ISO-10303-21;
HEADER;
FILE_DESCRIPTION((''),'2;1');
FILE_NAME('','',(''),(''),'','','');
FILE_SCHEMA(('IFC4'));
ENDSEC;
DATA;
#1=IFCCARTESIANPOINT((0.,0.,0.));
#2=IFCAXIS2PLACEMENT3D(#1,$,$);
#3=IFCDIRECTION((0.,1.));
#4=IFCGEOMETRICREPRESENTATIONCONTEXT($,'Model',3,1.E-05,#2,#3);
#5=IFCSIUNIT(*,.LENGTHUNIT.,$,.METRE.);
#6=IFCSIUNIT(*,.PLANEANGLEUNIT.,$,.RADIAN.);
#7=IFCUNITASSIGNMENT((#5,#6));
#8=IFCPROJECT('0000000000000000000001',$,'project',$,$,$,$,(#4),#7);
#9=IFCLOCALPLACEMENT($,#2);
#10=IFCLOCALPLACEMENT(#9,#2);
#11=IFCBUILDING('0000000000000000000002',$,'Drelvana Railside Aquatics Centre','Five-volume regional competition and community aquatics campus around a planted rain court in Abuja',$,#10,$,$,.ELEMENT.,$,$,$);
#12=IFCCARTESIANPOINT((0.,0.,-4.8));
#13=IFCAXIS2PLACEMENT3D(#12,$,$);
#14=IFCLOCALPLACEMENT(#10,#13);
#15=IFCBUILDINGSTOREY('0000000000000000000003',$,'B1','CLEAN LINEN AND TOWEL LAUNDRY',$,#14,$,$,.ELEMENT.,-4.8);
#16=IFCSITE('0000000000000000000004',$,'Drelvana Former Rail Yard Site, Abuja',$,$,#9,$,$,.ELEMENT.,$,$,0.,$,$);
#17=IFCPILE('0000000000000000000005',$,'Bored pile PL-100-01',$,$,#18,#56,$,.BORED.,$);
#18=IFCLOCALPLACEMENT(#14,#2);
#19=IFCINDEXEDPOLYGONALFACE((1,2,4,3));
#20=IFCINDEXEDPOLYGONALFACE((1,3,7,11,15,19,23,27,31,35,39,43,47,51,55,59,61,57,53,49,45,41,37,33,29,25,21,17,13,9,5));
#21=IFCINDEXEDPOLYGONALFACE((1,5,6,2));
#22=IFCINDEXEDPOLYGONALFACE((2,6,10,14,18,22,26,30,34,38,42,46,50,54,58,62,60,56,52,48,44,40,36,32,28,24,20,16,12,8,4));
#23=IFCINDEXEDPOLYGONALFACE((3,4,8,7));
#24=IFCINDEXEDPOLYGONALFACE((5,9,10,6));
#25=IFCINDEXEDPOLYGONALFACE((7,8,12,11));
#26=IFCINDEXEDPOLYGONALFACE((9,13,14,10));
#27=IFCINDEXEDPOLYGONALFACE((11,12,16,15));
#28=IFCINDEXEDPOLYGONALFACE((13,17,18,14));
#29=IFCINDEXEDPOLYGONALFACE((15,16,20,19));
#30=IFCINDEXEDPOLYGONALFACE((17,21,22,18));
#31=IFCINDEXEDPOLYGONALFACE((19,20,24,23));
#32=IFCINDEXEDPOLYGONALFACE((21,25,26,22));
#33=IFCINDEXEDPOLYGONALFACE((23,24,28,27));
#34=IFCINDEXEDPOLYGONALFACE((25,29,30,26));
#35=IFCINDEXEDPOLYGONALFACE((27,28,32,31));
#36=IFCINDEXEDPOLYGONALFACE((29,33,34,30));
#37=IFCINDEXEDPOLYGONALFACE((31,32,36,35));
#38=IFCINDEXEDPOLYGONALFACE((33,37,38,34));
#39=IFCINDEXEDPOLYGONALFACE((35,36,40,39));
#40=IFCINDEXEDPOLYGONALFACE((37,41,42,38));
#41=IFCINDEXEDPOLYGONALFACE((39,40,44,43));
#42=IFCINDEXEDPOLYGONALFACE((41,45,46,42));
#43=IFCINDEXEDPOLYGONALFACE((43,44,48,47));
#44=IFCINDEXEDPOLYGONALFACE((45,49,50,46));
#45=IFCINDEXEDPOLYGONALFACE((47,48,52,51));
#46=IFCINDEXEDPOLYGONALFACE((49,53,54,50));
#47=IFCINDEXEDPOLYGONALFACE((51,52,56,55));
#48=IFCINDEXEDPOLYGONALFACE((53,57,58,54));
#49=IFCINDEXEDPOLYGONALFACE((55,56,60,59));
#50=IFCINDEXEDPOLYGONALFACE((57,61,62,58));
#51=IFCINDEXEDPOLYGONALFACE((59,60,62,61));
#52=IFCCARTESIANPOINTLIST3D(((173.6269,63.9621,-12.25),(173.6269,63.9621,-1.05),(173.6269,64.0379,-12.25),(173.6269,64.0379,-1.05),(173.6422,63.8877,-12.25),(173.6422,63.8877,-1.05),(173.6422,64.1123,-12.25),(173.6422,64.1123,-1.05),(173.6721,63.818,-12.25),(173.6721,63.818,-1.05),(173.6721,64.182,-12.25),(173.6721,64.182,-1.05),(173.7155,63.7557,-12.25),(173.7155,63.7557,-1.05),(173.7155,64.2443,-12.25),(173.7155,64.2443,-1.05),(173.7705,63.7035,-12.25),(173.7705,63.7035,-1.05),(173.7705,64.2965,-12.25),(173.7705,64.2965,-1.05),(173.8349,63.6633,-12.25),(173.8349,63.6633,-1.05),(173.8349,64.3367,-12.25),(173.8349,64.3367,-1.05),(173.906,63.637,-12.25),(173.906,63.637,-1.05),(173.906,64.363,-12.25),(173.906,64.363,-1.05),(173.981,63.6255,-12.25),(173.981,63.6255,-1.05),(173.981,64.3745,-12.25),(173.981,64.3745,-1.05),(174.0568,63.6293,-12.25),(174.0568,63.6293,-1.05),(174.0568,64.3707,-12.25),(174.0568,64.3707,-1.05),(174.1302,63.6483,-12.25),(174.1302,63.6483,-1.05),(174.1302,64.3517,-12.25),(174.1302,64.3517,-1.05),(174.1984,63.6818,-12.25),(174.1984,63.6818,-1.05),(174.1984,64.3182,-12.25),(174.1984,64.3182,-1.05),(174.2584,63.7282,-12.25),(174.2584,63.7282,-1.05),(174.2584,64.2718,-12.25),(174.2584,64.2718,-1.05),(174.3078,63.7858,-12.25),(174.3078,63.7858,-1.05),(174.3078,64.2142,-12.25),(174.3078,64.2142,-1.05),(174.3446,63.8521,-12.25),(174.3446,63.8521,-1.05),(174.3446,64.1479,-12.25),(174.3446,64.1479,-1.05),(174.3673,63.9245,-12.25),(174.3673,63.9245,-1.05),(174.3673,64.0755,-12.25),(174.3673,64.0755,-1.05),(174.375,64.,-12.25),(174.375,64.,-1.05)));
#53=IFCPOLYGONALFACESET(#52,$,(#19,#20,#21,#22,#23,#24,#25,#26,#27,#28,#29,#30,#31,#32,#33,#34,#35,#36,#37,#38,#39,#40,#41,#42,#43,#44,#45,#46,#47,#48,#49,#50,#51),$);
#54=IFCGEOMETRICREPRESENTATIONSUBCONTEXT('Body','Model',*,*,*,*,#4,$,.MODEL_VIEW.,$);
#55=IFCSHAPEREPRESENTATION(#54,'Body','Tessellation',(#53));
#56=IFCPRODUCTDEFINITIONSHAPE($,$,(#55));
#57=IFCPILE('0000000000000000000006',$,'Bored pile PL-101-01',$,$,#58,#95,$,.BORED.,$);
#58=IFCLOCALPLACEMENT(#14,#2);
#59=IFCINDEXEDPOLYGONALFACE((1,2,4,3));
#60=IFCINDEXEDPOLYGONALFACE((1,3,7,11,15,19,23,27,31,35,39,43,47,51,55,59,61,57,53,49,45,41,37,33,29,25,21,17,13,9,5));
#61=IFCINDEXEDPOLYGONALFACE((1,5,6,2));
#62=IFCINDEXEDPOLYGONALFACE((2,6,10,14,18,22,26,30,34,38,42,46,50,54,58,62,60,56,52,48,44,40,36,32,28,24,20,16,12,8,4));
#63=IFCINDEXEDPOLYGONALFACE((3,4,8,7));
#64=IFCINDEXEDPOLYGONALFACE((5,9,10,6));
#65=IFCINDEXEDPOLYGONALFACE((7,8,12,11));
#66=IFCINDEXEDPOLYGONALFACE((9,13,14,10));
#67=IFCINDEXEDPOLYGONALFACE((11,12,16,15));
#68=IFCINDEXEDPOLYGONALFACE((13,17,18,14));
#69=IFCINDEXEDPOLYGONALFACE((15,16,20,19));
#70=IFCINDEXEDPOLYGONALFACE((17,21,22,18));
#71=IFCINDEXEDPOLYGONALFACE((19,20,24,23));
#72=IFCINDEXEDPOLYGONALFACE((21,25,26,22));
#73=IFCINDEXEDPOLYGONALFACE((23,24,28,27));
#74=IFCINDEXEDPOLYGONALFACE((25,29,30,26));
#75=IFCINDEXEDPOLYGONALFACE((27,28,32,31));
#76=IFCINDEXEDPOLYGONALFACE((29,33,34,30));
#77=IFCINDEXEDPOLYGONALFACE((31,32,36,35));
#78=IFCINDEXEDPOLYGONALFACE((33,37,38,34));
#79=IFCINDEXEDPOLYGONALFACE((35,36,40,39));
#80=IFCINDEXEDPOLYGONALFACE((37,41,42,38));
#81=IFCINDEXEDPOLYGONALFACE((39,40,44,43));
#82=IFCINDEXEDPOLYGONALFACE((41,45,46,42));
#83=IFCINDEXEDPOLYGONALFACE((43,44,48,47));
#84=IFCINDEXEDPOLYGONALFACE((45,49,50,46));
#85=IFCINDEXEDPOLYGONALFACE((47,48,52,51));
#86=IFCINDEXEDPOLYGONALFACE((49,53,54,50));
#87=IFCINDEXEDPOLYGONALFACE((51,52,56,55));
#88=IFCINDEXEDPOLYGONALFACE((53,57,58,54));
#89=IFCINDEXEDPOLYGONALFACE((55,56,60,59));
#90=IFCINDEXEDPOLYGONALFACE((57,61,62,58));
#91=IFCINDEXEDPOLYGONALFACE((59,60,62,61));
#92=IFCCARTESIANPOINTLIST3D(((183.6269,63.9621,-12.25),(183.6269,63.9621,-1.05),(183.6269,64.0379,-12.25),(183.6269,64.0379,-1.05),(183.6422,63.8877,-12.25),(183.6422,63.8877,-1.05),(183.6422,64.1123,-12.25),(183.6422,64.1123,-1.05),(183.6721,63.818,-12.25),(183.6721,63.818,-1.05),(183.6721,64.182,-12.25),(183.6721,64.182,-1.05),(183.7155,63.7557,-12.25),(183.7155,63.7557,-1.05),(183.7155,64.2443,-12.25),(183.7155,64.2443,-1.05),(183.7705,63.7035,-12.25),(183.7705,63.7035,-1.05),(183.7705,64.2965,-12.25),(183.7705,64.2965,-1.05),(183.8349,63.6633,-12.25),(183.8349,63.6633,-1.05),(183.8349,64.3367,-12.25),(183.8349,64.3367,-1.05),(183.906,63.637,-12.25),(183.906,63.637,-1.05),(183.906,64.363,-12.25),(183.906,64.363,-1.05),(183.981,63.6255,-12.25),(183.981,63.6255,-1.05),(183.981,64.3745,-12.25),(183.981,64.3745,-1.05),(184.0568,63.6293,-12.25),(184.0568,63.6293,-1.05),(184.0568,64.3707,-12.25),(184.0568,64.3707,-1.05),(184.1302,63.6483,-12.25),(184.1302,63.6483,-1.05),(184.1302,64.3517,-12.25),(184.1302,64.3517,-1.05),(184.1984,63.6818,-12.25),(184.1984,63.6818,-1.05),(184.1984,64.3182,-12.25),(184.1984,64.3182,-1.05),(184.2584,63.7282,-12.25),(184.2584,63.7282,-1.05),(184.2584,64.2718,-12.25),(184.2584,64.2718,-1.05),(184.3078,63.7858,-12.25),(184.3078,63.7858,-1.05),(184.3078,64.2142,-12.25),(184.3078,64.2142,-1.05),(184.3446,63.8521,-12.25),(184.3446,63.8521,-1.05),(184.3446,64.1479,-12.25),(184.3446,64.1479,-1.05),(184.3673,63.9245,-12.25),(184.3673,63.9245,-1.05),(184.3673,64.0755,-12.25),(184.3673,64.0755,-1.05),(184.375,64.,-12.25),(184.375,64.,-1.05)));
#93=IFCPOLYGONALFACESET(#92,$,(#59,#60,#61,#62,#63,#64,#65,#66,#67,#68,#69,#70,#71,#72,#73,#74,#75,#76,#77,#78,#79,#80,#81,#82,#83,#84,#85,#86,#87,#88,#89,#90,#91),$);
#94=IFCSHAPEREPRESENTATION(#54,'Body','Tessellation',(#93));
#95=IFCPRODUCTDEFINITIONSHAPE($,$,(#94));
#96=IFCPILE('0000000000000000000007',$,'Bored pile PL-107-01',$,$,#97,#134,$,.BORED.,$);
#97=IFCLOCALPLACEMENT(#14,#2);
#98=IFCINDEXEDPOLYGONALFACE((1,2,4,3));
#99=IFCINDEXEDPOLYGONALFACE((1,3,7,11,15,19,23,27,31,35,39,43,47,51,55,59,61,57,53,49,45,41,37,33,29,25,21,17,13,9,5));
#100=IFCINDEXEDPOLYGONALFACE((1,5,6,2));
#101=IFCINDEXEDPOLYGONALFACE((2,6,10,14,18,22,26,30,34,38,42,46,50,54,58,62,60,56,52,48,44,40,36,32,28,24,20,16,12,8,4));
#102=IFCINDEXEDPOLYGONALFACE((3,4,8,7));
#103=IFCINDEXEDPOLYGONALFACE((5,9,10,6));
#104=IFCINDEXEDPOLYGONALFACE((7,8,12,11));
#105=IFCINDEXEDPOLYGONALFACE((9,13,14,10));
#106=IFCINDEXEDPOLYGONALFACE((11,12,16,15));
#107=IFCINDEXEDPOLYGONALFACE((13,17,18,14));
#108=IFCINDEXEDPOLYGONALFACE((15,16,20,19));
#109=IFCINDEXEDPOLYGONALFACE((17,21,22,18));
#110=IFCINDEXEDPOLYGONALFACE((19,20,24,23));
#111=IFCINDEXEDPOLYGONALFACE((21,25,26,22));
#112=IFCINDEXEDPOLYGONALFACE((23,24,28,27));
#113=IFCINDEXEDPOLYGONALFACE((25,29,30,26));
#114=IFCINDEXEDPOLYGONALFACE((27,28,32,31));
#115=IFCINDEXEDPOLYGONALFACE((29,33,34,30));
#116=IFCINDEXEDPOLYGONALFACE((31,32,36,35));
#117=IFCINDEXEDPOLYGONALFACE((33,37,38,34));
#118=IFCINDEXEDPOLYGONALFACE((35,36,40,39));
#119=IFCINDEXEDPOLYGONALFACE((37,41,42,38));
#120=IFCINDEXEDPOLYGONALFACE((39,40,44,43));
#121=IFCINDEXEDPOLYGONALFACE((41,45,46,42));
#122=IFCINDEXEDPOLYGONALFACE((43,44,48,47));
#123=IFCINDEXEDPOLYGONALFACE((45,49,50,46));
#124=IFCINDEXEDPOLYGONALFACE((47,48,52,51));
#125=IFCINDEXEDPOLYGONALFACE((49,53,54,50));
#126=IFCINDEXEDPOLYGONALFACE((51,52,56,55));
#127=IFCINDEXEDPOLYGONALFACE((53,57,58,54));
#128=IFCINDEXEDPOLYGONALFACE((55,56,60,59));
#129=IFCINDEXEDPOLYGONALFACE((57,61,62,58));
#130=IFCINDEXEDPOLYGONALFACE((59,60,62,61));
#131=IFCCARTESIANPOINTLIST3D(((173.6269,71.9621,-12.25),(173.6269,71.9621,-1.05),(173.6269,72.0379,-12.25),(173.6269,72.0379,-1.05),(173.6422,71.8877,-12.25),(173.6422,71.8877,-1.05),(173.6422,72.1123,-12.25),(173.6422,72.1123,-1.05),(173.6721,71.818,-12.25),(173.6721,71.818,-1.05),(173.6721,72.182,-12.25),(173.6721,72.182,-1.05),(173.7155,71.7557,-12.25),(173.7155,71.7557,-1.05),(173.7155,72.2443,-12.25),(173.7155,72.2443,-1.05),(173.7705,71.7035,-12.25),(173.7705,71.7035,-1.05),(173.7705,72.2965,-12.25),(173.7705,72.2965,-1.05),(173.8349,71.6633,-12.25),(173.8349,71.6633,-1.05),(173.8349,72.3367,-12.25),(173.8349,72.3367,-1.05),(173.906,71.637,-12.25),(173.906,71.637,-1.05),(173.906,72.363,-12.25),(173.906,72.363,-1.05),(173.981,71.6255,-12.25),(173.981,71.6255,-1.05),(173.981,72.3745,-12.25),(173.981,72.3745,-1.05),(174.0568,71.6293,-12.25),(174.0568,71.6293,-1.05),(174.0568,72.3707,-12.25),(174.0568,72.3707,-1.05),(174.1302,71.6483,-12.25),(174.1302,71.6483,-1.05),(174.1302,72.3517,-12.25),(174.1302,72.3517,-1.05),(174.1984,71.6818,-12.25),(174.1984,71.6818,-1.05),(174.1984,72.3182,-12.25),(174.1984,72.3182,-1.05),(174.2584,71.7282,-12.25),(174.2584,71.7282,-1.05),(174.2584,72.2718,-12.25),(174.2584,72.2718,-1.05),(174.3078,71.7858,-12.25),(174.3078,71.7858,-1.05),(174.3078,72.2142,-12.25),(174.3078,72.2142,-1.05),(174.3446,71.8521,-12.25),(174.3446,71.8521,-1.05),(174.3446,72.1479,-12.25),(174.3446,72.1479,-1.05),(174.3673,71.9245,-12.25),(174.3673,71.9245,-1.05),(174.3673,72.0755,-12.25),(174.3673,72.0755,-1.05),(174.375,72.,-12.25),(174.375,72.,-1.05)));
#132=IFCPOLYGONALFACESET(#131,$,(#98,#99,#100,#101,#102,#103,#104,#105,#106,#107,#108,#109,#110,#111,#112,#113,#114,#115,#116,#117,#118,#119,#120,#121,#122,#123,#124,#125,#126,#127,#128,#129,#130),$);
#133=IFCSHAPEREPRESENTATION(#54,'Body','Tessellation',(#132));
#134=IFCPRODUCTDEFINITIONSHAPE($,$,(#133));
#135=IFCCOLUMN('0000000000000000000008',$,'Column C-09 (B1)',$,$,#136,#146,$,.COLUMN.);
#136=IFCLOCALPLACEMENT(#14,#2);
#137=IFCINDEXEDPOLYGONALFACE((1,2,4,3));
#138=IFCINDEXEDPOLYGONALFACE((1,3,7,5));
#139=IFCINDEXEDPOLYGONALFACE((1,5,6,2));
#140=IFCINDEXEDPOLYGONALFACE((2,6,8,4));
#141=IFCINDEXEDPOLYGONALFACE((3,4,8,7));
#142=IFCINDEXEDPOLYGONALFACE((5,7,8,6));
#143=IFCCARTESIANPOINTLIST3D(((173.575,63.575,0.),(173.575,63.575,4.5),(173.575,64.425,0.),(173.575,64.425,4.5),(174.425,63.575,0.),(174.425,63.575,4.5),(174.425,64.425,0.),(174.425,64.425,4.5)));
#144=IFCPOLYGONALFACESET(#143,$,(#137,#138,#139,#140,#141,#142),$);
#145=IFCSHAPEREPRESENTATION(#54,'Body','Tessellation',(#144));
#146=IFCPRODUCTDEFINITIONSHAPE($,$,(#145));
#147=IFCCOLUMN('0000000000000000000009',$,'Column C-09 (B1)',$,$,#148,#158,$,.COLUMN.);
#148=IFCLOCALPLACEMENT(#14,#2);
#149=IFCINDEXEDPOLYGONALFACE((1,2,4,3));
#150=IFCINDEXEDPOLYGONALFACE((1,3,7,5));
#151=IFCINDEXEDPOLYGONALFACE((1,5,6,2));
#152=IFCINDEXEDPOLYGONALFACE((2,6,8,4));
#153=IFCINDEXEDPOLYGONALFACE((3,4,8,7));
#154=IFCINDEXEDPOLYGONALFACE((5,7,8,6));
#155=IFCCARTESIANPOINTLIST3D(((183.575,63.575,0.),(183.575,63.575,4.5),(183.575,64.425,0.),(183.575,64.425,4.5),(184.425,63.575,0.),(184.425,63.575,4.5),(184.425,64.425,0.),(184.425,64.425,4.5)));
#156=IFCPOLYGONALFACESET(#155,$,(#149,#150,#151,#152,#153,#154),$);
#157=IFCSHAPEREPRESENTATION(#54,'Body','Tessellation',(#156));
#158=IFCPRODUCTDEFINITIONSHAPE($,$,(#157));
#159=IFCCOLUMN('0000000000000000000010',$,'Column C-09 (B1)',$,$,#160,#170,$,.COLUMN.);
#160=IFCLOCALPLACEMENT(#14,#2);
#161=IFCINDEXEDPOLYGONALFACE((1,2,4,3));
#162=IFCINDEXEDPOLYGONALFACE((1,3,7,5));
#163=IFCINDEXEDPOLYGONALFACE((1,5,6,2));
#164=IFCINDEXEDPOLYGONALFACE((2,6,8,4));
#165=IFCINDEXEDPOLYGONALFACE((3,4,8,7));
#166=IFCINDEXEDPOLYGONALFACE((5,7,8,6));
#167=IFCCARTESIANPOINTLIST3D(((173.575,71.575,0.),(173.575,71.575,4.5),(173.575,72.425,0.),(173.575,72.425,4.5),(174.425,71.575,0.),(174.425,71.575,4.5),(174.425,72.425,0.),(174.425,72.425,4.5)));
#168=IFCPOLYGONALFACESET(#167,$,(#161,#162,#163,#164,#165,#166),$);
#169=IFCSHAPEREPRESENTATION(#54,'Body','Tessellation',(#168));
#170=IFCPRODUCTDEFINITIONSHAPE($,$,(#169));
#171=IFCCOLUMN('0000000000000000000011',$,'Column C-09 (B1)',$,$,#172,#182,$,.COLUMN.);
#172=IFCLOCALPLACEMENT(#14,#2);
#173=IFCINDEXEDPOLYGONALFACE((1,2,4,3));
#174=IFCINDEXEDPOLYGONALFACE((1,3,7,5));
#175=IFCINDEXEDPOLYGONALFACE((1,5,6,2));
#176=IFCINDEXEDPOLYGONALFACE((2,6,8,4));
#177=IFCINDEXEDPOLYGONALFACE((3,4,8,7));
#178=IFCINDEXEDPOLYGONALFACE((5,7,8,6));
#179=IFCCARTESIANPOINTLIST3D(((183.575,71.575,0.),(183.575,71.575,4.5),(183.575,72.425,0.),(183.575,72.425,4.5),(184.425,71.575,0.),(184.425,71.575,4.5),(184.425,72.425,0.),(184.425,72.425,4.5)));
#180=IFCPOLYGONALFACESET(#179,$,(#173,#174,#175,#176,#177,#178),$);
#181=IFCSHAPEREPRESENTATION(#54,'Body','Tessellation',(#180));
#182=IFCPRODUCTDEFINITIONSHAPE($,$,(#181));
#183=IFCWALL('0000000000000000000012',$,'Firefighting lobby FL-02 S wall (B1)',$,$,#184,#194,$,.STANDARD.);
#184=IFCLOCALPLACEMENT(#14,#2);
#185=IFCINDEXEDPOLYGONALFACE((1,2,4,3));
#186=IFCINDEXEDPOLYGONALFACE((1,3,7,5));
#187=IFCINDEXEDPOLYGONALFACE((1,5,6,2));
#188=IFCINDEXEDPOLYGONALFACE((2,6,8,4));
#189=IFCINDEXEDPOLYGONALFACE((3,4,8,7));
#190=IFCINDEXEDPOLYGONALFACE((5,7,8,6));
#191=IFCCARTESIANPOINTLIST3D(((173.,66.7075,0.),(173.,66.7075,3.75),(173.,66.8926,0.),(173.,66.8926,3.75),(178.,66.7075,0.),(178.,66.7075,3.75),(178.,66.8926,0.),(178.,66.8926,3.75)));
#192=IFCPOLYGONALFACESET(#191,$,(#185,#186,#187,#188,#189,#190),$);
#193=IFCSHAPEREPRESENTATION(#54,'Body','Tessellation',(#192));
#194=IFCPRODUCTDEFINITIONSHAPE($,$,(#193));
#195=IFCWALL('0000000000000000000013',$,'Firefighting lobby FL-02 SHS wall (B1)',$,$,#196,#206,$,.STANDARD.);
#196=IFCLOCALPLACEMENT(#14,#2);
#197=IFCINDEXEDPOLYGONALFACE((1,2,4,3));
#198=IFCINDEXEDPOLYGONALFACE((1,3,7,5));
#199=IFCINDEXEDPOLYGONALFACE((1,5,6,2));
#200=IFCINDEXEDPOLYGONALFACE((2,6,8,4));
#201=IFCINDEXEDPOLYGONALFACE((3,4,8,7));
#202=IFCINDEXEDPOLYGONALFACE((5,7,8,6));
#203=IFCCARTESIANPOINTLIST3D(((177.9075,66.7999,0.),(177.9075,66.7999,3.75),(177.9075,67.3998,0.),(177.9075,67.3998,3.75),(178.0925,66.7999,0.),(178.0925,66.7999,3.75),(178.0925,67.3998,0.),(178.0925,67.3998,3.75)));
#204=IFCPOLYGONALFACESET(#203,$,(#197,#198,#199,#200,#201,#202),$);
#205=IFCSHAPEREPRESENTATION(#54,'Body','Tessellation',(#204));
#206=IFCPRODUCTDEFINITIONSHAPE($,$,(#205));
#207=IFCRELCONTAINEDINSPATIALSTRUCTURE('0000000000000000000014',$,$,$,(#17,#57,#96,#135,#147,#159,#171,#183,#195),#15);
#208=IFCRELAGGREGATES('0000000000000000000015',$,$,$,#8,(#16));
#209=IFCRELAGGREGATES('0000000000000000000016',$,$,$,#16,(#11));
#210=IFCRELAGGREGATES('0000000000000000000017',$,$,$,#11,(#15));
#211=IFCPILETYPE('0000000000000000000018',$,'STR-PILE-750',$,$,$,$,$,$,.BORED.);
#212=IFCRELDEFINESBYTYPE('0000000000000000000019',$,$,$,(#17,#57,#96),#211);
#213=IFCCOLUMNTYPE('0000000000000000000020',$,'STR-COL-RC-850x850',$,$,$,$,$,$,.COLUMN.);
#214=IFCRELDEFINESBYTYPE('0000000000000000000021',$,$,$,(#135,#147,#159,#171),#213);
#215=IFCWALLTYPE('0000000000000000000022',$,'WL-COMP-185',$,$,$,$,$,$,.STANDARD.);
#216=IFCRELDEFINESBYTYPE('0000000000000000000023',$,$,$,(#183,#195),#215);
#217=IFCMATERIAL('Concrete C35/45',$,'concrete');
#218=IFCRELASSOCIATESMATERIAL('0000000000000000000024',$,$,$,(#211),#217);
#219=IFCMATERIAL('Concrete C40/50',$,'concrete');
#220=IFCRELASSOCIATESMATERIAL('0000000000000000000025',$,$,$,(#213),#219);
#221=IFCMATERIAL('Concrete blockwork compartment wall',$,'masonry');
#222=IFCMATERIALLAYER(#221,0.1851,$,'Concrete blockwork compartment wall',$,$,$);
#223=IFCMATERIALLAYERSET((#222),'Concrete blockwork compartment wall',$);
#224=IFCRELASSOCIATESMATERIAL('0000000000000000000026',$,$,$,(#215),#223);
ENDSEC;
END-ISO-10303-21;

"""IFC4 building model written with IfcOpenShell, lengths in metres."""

from ifc_helpers import new_model, si_unit, direction, frame, frame_2d, origin, origin_2d, place, context, subcontext, project, spatial, rectangle, circle, extrude, material, layer, layer_set, material_profile, profile_set, type_object, element, save


model = new_model("IFC4")

# Units and contexts
model_context = context("Model", 3, precision=1e-05, world=origin(), true_north=direction((0.0, 1.0)))
body_context = subcontext(model_context, "Body", "Model", "MODEL_VIEW")
ifc_project = project(units=[si_unit("LENGTHUNIT", "METRE"), si_unit("PLANEANGLEUNIT", "RADIAN")], contexts=[model_context])

# Site, building, storey
site_placement = place(None, origin())
site = spatial("IfcSite", under=ifc_project, at=site_placement, Name="Drelvana Former Rail Yard Site, Abuja", CompositionType="ELEMENT", RefElevation=0.0)
building_placement = place(site_placement, origin())
building = spatial("IfcBuilding", under=site, at=building_placement, Name="Drelvana Railside Aquatics Centre", Description="Five-volume regional competition and community aquatics campus around a planted rain court in Abuja", CompositionType="ELEMENT")
storey_placement = place(building_placement, frame((0.0, 0.0, -4.8)))
storey = spatial("IfcBuildingStorey", under=building, at=storey_placement, Name="B1", Description="CLEAN LINEN AND TOWEL LAUNDRY", CompositionType="ELEMENT", Elevation=-4.8)

# Shared definitions
ifc_material_1 = material(Name="Concrete C35/45", Category="concrete")

# Piles
ifc_material_profile_1 = material_profile(ifc_material_1, circle(Radius=0.375, at=origin_2d()), Name="PILE D750")
ifc_profile_set_1 = profile_set([ifc_material_profile_1], Name="Concrete C35/45")
pile_type_1 = type_object("IfcPileType", Name="STR-PILE-750", PredefinedType="BORED", material=ifc_profile_set_1)
for number, where, z_axis, x_axis, name in (
    (1, (174.0, 64.0, -1.05), (0.0, 0.0, -1.0), (1.0, 0.0, 0.0), "Bored pile PL-100-01"),
    (2, (184.0, 64.0, -1.05), (0.0, 0.0, -1.0), (1.0, 0.0, 0.0), "Bored pile PL-101-01"),
    (3, (174.0, 72.0, -1.05), (0.0, 0.0, -1.0), (1.0, 0.0, 0.0), "Bored pile PL-107-01"),
):
    element("IfcPile", number, at=place(storey_placement, frame(where, z_axis=z_axis, x_axis=x_axis)), inside=storey, type_object=pile_type_1, Name=name, PredefinedType="BORED", context=body_context, shape_type="SweptSolid", body=[
        extrude(circle(Radius=0.375, at=origin_2d()), origin(), (0.0, 0.0, 1.0), 11.2),
    ])

# Columns
ifc_material_2 = material(Name="Concrete C40/50", Category="concrete")
ifc_material_profile_2 = material_profile(ifc_material_2, rectangle(XDim=0.8501, YDim=0.8501, at=origin_2d()), Name="RC 850x850")
ifc_profile_set_2 = profile_set([ifc_material_profile_2], Name="Concrete C40/50")
column_type = type_object("IfcColumnType", Name="STR-COL-RC-850x850", PredefinedType="COLUMN", material=ifc_profile_set_2)
for number, where, z_axis, x_axis, name in (
    (4, (174.0, 64.0, 0.0), (0.0, 0.0, 1.0), (1.0, 0.0, 0.0), "Column C-09 (B1)"),
    (5, (184.0, 64.0, 0.0), (0.0, 0.0, 1.0), (1.0, 0.0, 0.0), "Column C-09 (B1)"),
    (6, (174.0, 72.0, 0.0), (0.0, 0.0, 1.0), (1.0, 0.0, 0.0), "Column C-09 (B1)"),
    (7, (184.0, 72.0, 0.0), (0.0, 0.0, 1.0), (1.0, 0.0, 0.0), "Column C-09 (B1)"),
):
    element("IfcColumn", number, at=place(storey_placement, frame(where, z_axis=z_axis, x_axis=x_axis)), inside=storey, type_object=column_type, Name=name, PredefinedType="COLUMN", context=body_context, shape_type="SweptSolid", body=[
        extrude(rectangle(XDim=0.8501, YDim=0.8501, at=origin_2d()), origin(), (0.0, 0.0, 1.0), 4.5),
    ])

# Walls
ifc_material_3 = material(Name="Concrete blockwork compartment wall", Category="masonry")
ifc_layer_1 = layer(ifc_material_3, 0.1851, Name="Concrete blockwork compartment wall")
ifc_layer_set_1 = layer_set([ifc_layer_1], Name="Concrete blockwork compartment wall")
wall_type_1 = type_object("IfcWallType", Name="WL-COMP-185", PredefinedType="STANDARD", material=ifc_layer_set_1)
wall_1_placement = place(storey_placement, frame((178.0, 66.8, 0.0), z_axis=(0.0, 0.0, 1.0), x_axis=(-1.0, 0.0, 0.0)))
element("IfcWall", 8, at=wall_1_placement, inside=storey, type_object=wall_type_1, Name="Firefighting lobby FL-02 S wall (B1)", PredefinedType="STANDARD", context=body_context, shape_type="SweptSolid", body=[
    extrude(rectangle(XDim=5.0, YDim=0.1851, at=frame_2d((2.5, 0.0))), origin(), (0.0, 0.0, 1.0), 3.75),
])
for number, where, z_axis, x_axis, name in (
    (9, (178.0, 66.8, 0.0), (0.0, 0.0, 1.0), (0.0, 1.0, 0.0), "Firefighting lobby FL-02 SHS wall (B1)"),
):
    element("IfcWall", number, at=place(storey_placement, frame(where, z_axis=z_axis, x_axis=x_axis)), inside=storey, type_object=wall_type_1, Name=name, PredefinedType="STANDARD", context=body_context, shape_type="SweptSolid", body=[
        extrude(rectangle(XDim=0.5999, YDim=0.1851, at=frame_2d((0.2998, 0.0))), origin(), (0.0, 0.0, 1.0), 3.75),
    ])

save(model, "model.ifc")
